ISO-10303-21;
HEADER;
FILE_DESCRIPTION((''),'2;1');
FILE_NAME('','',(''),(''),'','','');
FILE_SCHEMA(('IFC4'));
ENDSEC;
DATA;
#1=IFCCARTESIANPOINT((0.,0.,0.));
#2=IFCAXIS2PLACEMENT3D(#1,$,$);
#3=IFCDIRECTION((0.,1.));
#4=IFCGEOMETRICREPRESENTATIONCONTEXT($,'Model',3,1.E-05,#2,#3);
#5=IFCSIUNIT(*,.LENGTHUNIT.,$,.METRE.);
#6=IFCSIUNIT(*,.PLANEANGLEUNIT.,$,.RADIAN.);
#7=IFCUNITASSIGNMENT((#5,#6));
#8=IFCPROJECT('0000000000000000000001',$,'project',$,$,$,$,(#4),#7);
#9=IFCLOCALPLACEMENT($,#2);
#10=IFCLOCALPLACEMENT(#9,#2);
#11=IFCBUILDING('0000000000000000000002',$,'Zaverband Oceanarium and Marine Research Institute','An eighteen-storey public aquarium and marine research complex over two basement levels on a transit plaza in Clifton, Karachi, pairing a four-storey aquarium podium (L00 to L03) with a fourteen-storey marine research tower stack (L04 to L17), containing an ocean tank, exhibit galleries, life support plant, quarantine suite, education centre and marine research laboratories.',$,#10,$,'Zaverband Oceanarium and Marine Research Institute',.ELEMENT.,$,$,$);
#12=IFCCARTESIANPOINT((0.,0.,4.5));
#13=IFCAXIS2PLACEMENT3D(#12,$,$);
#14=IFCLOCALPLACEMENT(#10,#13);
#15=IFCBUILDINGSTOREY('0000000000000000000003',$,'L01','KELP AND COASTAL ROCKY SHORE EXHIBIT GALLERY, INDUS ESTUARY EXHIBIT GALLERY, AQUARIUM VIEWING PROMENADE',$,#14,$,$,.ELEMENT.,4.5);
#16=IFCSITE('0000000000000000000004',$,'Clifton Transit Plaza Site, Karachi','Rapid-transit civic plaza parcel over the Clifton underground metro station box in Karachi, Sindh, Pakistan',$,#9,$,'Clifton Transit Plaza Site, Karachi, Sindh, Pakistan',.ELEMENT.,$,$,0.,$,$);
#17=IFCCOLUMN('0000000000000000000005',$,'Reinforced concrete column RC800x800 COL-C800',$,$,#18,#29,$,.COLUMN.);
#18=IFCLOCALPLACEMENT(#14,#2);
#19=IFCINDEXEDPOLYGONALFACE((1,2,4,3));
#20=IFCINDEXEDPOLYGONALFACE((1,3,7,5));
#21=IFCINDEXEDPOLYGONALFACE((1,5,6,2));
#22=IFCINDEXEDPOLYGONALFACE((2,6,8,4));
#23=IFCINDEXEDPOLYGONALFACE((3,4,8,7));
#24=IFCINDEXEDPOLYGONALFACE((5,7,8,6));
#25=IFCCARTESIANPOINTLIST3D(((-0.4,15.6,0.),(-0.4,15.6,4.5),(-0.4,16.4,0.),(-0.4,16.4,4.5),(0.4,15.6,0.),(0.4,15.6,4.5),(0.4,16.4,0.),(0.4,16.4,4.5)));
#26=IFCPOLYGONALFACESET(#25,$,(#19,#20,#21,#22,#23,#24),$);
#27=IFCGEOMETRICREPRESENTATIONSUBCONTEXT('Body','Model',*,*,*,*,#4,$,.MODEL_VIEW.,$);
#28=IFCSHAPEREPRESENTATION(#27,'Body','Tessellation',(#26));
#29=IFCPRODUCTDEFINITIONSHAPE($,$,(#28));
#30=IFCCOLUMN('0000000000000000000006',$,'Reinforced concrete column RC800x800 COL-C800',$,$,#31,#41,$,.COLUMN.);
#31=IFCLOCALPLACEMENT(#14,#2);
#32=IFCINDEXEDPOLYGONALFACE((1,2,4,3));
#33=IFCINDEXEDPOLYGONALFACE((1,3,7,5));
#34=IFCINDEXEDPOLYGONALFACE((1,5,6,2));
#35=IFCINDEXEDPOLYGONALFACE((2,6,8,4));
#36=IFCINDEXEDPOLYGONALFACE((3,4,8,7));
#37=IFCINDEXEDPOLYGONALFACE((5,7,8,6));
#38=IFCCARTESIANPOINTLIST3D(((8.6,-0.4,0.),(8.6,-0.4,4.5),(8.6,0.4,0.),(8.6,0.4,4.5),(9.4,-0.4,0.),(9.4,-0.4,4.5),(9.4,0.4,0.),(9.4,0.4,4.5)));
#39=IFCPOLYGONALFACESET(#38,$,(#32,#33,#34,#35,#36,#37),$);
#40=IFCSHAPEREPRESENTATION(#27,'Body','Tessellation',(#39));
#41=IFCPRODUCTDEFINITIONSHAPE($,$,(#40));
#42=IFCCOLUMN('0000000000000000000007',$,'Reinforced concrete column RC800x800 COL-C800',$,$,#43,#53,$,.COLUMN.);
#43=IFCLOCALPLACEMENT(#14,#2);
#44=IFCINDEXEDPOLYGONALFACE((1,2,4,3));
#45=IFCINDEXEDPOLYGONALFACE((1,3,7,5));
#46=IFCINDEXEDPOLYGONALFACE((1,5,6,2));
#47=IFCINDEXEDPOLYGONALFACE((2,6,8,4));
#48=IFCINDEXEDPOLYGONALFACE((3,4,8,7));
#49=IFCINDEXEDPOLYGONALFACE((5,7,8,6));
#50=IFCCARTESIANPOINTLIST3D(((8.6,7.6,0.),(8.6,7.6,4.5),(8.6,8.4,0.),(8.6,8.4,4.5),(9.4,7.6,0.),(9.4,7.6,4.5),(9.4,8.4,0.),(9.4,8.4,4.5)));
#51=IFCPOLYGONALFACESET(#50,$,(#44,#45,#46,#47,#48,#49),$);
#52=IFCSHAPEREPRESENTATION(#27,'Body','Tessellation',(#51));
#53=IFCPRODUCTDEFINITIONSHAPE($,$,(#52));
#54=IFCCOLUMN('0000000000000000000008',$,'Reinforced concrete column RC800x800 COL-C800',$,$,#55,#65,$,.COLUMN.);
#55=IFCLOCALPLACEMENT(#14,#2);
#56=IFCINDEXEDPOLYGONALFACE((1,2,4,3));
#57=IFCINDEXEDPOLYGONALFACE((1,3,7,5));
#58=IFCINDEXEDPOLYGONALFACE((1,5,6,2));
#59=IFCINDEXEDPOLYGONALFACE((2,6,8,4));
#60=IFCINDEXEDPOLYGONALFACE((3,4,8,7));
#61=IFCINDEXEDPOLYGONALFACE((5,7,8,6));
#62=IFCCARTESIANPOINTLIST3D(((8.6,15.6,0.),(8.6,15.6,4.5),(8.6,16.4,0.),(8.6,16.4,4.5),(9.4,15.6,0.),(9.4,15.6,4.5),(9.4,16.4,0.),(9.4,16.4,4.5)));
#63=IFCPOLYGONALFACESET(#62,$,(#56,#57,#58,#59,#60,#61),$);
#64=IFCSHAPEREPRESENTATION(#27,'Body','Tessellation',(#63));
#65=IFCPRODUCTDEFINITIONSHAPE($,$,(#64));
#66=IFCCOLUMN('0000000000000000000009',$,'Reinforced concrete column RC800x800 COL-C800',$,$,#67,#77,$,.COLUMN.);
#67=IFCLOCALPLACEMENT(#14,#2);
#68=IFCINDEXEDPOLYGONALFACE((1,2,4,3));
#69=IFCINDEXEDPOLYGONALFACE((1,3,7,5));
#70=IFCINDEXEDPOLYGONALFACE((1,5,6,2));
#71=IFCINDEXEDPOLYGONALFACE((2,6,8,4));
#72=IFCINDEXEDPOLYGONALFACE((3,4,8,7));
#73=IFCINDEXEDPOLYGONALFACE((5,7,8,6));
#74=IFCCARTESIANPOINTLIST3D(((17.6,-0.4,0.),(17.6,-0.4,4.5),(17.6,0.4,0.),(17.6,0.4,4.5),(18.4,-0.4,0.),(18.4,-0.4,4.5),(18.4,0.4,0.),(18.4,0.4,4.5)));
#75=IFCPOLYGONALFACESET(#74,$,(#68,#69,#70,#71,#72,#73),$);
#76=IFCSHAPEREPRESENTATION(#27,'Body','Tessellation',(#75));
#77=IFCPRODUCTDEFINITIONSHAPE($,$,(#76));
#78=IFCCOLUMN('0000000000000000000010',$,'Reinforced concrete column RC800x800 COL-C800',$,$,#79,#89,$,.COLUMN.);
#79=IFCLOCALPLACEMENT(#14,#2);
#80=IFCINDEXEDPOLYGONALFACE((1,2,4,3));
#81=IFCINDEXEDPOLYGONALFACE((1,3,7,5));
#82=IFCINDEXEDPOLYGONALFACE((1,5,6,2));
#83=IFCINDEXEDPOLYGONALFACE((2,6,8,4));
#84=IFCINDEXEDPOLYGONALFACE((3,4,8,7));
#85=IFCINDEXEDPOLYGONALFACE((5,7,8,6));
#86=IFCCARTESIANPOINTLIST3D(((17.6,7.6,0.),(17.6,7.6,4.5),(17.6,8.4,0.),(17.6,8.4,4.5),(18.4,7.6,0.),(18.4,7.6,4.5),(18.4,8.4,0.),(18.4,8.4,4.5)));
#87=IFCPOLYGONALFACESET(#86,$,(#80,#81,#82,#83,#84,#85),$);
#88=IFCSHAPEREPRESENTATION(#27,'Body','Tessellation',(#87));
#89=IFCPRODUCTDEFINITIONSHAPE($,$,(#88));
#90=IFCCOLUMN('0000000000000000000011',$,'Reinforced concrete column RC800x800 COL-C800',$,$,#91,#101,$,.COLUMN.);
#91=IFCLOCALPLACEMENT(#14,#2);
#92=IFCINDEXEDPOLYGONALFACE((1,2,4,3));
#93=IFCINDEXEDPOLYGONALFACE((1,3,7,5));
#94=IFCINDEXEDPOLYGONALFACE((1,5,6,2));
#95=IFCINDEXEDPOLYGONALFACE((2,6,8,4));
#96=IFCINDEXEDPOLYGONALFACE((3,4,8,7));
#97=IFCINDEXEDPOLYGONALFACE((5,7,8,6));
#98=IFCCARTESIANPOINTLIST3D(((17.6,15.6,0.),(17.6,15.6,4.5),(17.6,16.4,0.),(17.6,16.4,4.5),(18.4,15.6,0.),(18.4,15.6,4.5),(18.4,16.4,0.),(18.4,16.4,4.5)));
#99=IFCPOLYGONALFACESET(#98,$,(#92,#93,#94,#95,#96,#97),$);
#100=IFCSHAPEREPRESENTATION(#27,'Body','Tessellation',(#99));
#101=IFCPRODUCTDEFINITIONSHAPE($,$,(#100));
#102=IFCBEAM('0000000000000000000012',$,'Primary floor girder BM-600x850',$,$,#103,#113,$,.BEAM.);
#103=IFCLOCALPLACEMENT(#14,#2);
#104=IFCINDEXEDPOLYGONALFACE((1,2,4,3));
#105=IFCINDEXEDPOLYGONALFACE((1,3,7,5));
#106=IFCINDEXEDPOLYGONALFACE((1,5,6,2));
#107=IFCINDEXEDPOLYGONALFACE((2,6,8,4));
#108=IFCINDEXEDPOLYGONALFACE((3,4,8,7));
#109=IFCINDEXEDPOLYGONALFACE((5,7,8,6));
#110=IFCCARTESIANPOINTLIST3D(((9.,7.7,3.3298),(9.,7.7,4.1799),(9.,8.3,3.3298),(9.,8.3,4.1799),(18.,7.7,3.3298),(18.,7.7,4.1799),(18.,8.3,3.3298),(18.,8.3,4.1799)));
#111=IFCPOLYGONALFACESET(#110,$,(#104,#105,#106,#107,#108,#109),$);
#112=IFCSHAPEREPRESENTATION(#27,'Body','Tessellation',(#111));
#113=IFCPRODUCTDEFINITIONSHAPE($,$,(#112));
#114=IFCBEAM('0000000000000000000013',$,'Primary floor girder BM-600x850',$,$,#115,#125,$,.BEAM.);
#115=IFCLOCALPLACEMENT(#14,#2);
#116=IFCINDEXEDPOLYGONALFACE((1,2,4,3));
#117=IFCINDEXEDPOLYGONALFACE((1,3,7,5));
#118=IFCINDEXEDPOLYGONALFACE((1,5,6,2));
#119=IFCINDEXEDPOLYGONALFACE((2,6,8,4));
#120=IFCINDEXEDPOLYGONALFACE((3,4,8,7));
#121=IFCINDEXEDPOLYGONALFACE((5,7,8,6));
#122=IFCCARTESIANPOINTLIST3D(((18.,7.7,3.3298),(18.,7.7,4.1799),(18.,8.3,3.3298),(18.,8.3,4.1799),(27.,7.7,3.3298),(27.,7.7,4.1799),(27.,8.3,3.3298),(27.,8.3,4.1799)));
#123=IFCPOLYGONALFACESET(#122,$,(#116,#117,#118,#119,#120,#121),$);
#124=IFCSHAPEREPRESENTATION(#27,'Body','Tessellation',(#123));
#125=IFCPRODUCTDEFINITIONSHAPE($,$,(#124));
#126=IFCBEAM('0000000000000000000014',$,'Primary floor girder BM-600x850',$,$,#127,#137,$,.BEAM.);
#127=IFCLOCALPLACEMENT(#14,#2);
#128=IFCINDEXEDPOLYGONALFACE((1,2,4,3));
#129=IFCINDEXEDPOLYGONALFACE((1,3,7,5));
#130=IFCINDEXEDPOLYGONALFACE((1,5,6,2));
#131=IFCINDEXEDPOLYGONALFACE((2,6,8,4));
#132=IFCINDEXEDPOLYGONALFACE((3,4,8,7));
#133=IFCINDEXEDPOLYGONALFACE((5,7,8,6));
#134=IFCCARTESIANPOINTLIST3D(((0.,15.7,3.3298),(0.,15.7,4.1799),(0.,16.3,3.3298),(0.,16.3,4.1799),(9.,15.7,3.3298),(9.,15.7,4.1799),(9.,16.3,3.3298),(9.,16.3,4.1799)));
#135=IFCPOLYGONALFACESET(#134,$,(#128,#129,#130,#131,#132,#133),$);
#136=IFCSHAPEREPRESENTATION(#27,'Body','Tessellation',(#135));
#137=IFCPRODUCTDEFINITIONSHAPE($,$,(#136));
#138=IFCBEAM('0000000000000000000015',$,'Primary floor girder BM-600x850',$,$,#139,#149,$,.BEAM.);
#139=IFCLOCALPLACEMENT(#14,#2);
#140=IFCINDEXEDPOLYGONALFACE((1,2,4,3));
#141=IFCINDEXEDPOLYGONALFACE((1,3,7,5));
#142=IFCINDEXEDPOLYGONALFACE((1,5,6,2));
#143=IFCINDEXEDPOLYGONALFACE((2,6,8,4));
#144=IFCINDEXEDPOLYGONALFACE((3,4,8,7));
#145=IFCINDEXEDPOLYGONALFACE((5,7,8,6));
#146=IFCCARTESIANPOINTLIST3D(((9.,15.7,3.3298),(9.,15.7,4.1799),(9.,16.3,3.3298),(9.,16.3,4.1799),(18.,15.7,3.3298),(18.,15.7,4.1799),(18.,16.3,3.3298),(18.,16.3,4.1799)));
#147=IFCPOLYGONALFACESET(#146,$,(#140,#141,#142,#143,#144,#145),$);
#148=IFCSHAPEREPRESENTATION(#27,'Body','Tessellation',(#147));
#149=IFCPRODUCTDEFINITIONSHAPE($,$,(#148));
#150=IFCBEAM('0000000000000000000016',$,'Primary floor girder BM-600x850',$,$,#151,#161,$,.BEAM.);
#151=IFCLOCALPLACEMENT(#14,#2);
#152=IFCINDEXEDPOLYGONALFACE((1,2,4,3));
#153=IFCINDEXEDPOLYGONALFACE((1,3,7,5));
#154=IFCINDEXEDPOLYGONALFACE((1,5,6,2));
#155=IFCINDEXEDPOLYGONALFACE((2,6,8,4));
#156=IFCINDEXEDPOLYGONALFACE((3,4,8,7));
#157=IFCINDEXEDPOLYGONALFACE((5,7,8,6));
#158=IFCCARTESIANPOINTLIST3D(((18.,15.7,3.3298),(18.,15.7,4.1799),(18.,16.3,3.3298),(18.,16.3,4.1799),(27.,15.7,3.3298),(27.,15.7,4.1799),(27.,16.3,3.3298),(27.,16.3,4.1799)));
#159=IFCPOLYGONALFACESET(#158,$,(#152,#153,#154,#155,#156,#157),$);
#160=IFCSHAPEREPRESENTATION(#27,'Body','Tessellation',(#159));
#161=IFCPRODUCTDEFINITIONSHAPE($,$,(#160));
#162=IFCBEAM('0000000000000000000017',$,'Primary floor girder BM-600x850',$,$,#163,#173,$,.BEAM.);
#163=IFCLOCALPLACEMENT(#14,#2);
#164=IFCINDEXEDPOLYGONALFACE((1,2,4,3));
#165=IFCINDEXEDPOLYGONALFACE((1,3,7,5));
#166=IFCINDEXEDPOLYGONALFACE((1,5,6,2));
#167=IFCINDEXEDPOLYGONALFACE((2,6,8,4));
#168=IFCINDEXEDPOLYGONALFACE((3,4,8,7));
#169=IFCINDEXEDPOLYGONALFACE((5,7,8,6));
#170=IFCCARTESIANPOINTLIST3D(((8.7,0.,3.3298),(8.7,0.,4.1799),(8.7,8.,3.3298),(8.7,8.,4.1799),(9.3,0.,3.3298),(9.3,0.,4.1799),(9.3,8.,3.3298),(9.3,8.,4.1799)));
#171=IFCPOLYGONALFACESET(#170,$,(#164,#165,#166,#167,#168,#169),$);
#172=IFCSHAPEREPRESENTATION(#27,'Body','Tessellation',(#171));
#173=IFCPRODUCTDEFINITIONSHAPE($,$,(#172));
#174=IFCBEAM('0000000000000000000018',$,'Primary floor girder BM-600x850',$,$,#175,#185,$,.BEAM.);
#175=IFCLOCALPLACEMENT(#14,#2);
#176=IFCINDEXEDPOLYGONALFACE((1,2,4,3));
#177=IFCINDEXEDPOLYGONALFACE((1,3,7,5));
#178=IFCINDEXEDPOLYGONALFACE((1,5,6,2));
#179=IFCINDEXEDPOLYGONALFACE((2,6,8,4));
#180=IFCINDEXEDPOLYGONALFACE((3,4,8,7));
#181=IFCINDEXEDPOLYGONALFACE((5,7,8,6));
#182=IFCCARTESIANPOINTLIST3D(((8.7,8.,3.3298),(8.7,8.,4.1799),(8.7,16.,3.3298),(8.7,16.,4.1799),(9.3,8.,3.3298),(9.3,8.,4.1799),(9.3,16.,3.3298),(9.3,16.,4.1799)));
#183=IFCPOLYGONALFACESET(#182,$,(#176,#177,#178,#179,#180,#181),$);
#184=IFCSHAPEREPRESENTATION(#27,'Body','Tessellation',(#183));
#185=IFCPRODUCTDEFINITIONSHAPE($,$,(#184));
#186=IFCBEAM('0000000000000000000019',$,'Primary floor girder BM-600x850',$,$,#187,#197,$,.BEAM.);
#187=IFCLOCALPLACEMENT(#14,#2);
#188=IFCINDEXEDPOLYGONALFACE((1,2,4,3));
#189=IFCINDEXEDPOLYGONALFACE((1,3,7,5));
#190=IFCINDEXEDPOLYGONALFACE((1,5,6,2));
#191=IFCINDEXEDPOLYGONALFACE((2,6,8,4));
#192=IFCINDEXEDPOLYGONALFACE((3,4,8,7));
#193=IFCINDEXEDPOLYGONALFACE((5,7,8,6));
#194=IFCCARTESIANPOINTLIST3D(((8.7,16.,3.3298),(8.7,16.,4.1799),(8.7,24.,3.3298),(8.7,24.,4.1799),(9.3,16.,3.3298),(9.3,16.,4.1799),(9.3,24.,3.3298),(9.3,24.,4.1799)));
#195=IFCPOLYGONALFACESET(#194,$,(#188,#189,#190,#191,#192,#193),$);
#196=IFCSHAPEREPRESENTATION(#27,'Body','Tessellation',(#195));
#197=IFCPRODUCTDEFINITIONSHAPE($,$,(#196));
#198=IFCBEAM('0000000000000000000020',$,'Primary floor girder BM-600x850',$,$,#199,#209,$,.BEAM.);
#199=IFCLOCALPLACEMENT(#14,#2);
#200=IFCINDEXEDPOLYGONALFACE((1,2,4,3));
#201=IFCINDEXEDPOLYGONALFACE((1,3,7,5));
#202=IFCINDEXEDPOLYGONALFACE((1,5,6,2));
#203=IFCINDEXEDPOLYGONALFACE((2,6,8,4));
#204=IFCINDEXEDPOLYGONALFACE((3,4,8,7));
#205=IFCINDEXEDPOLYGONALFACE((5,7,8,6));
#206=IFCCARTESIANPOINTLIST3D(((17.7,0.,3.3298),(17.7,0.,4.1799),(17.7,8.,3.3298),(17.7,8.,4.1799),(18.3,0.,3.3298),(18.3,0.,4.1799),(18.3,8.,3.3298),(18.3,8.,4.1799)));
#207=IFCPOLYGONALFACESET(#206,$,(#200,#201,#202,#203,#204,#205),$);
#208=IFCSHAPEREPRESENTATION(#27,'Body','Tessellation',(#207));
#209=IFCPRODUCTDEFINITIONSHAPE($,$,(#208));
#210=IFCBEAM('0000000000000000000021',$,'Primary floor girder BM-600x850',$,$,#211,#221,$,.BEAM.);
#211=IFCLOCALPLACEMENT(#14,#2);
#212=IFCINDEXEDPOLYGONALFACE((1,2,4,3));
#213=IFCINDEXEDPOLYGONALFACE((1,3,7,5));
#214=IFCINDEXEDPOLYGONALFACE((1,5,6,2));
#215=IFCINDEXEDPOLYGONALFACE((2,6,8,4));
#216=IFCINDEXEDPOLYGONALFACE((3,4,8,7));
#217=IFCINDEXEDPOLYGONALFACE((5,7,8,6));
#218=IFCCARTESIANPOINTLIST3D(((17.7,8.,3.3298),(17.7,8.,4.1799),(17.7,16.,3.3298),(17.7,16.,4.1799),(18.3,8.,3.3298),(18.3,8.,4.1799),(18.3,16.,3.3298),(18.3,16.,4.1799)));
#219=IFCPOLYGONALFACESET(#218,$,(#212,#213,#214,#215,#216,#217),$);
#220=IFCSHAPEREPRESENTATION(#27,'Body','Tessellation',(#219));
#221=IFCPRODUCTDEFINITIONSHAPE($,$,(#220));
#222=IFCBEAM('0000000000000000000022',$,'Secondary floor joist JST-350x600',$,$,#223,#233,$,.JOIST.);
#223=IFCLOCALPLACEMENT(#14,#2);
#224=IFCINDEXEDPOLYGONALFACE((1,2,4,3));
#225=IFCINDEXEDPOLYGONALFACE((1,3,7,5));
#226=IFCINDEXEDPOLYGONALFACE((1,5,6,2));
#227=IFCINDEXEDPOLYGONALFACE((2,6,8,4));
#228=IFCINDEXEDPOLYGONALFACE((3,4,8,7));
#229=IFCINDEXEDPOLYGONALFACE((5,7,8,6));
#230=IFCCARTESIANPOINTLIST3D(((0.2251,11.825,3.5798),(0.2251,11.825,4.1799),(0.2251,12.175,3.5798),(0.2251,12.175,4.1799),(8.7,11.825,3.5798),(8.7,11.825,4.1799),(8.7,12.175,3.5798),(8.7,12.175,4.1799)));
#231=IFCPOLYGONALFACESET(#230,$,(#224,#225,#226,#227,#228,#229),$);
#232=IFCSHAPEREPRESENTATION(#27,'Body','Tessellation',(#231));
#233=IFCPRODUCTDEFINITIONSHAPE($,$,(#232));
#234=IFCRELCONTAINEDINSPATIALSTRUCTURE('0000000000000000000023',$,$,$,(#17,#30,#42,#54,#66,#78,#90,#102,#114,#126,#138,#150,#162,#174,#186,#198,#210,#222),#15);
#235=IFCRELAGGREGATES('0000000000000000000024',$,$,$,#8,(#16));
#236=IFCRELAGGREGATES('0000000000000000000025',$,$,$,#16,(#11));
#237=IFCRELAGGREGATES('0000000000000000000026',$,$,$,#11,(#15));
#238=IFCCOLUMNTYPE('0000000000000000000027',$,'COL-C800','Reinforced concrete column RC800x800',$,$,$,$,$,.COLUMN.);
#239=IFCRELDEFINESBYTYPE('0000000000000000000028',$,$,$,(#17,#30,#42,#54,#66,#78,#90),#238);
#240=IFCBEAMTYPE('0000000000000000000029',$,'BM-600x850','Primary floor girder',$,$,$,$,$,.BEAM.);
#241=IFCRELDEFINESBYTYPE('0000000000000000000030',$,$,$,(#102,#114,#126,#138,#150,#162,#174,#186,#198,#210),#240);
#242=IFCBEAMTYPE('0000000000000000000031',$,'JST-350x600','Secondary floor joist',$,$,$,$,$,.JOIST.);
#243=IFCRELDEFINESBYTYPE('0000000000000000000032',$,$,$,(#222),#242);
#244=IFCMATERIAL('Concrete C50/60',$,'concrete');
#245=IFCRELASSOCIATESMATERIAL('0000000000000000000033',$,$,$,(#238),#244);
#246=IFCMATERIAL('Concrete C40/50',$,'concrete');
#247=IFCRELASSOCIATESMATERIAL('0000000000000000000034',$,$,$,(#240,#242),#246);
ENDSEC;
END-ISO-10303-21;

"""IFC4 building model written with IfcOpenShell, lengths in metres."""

from ifc_helpers import new_model, si_unit, direction, frame, origin, origin_2d, place, context, subcontext, project, spatial, rectangle, extrude, material, material_profile, profile_set, type_object, element, save


model = new_model("IFC4")

# Units and contexts
model_context = context("Model", 3, precision=1e-05, world=origin(), true_north=direction((0.0, 1.0)))
body_context = subcontext(model_context, "Body", "Model", "MODEL_VIEW")
ifc_project = project(units=[si_unit("LENGTHUNIT", "METRE"), si_unit("PLANEANGLEUNIT", "RADIAN")], contexts=[model_context])

# Site, building, storey
site_placement = place(None, origin())
site = spatial("IfcSite", under=ifc_project, at=site_placement, Name="Clifton Transit Plaza Site, Karachi", Description="Rapid-transit civic plaza parcel over the Clifton underground metro station box in Karachi, Sindh, Pakistan", LongName="Clifton Transit Plaza Site, Karachi, Sindh, Pakistan", CompositionType="ELEMENT", RefElevation=0.0)
building_placement = place(site_placement, origin())
building = spatial("IfcBuilding", under=site, at=building_placement, Name="Zaverband Oceanarium and Marine Research Institute", Description="An eighteen-storey public aquarium and marine research complex over two basement levels on a transit plaza in Clifton, Karachi, pairing a four-storey aquarium podium (L00 to L03) with a fourteen-storey marine research tower stack (L04 to L17), containing an ocean tank, exhibit galleries, life support plant, quarantine suite, education centre and marine research laboratories.", LongName="Zaverband Oceanarium and Marine Research Institute", CompositionType="ELEMENT")
storey_placement = place(building_placement, frame((0.0, 0.0, 4.5)))
storey = spatial("IfcBuildingStorey", under=building, at=storey_placement, Name="L01", Description="KELP AND COASTAL ROCKY SHORE EXHIBIT GALLERY, INDUS ESTUARY EXHIBIT GALLERY, AQUARIUM VIEWING PROMENADE", CompositionType="ELEMENT", Elevation=4.5)

# Columns
ifc_material_1 = material(Name="Concrete C50/60", Category="concrete")
ifc_material_profile_1 = material_profile(ifc_material_1, rectangle(XDim=0.8, YDim=0.8, at=origin_2d()), Name="RC800x800")
ifc_profile_set_1 = profile_set([ifc_material_profile_1], Name="Concrete C50/60")
column_type = type_object("IfcColumnType", Name="COL-C800", Description="Reinforced concrete column RC800x800", PredefinedType="COLUMN", material=ifc_profile_set_1)
for number, where, z_axis, x_axis, name in (
    (1, (0.0, 16.0, 0.0), (0.0, 0.0, 1.0), (1.0, 0.0, 0.0), "Reinforced concrete column RC800x800 COL-C800"),
    (2, (9.0, 0.0, 0.0), (0.0, 0.0, 1.0), (1.0, 0.0, 0.0), "Reinforced concrete column RC800x800 COL-C800"),
    (3, (9.0, 8.0, 0.0), (0.0, 0.0, 1.0), (1.0, 0.0, 0.0), "Reinforced concrete column RC800x800 COL-C800"),
    (4, (9.0, 16.0, 0.0), (0.0, 0.0, 1.0), (1.0, 0.0, 0.0), "Reinforced concrete column RC800x800 COL-C800"),
    (5, (18.0, 0.0, 0.0), (0.0, 0.0, 1.0), (1.0, 0.0, 0.0), "Reinforced concrete column RC800x800 COL-C800"),
    (6, (18.0, 8.0, 0.0), (0.0, 0.0, 1.0), (1.0, 0.0, 0.0), "Reinforced concrete column RC800x800 COL-C800"),
    (7, (18.0, 16.0, 0.0), (0.0, 0.0, 1.0), (1.0, 0.0, 0.0), "Reinforced concrete column RC800x800 COL-C800"),
):
    element("IfcColumn", number, at=place(storey_placement, frame(where, z_axis=z_axis, x_axis=x_axis)), inside=storey, type_object=column_type, Name=name, PredefinedType="COLUMN", context=body_context, shape_type="SweptSolid", body=[
        extrude(rectangle(XDim=0.8, YDim=0.8, at=origin_2d()), origin(), (0.0, 0.0, 1.0), 4.5),
    ])

# Beams
ifc_material_2 = material(Name="Concrete C40/50", Category="concrete")
ifc_material_profile_2 = material_profile(ifc_material_2, rectangle(XDim=0.6001, YDim=0.8501, at=origin_2d()), Name="RC600x850")
ifc_profile_set_2 = profile_set([ifc_material_profile_2], Name="Concrete C40/50")
beam_type_1 = type_object("IfcBeamType", Name="BM-600x850", Description="Primary floor girder", PredefinedType="BEAM", material=ifc_profile_set_2)
for number, where, z_axis, x_axis, name in (
    (8, (9.0, 8.0, 3.7549), (1.0, 0.0, 0.0), (0.0, 1.0, 0.0), "Primary floor girder BM-600x850"),
    (9, (18.0, 8.0, 3.7549), (1.0, 0.0, 0.0), (0.0, 1.0, 0.0), "Primary floor girder BM-600x850"),
    (10, (0.0, 16.0, 3.7549), (1.0, 0.0, 0.0), (0.0, 1.0, 0.0), "Primary floor girder BM-600x850"),
    (11, (9.0, 16.0, 3.7549), (1.0, 0.0, 0.0), (0.0, 1.0, 0.0), "Primary floor girder BM-600x850"),
    (12, (18.0, 16.0, 3.7549), (1.0, 0.0, 0.0), (0.0, 1.0, 0.0), "Primary floor girder BM-600x850"),
):
    element("IfcBeam", number, at=place(storey_placement, frame(where, z_axis=z_axis, x_axis=x_axis)), inside=storey, type_object=beam_type_1, Name=name, PredefinedType="BEAM", context=body_context, shape_type="SweptSolid", body=[
        extrude(rectangle(XDim=0.6001, YDim=0.8501, at=origin_2d()), origin(), (0.0, 0.0, 1.0), 9.0),
    ])
for number, where, z_axis, x_axis, name in (
    (13, (9.0, 0.0, 3.7549), (0.0, 1.0, 0.0), (-1.0, 0.0, 0.0), "Primary floor girder BM-600x850"),
    (14, (9.0, 8.0, 3.7549), (0.0, 1.0, 0.0), (-1.0, 0.0, 0.0), "Primary floor girder BM-600x850"),
    (15, (9.0, 16.0, 3.7549), (0.0, 1.0, 0.0), (-1.0, 0.0, 0.0), "Primary floor girder BM-600x850"),
    (16, (18.0, 0.0, 3.7549), (0.0, 1.0, 0.0), (-1.0, 0.0, 0.0), "Primary floor girder BM-600x850"),
    (17, (18.0, 8.0, 3.7549), (0.0, 1.0, 0.0), (-1.0, 0.0, 0.0), "Primary floor girder BM-600x850"),
):
    element("IfcBeam", number, at=place(storey_placement, frame(where, z_axis=z_axis, x_axis=x_axis)), inside=storey, type_object=beam_type_1, Name=name, PredefinedType="BEAM", context=body_context, shape_type="SweptSolid", body=[
        extrude(rectangle(XDim=0.6001, YDim=0.8501, at=origin_2d()), origin(), (0.0, 0.0, 1.0), 8.0),
    ])
ifc_material_profile_3 = material_profile(ifc_material_2, rectangle(XDim=0.3501, YDim=0.6001, at=origin_2d()), Name="RC350x600")
ifc_profile_set_3 = profile_set([ifc_material_profile_3], Name="Concrete C40/50")
beam_type_2 = type_object("IfcBeamType", Name="JST-350x600", Description="Secondary floor joist", PredefinedType="JOIST", material=ifc_profile_set_3)
beam_1_placement = place(storey_placement, frame((0.2251, 12.0, 3.8799), z_axis=(1.0, 0.0, 0.0), x_axis=(0.0, 1.0, 0.0)))
element("IfcBeam", 18, at=beam_1_placement, inside=storey, type_object=beam_type_2, Name="Secondary floor joist JST-350x600", PredefinedType="JOIST", context=body_context, shape_type="SweptSolid", body=[
    extrude(rectangle(XDim=0.3501, YDim=0.6001, at=origin_2d()), origin(), (0.0, 0.0, 1.0), 8.4749),
])

save(model, "model.ifc")
